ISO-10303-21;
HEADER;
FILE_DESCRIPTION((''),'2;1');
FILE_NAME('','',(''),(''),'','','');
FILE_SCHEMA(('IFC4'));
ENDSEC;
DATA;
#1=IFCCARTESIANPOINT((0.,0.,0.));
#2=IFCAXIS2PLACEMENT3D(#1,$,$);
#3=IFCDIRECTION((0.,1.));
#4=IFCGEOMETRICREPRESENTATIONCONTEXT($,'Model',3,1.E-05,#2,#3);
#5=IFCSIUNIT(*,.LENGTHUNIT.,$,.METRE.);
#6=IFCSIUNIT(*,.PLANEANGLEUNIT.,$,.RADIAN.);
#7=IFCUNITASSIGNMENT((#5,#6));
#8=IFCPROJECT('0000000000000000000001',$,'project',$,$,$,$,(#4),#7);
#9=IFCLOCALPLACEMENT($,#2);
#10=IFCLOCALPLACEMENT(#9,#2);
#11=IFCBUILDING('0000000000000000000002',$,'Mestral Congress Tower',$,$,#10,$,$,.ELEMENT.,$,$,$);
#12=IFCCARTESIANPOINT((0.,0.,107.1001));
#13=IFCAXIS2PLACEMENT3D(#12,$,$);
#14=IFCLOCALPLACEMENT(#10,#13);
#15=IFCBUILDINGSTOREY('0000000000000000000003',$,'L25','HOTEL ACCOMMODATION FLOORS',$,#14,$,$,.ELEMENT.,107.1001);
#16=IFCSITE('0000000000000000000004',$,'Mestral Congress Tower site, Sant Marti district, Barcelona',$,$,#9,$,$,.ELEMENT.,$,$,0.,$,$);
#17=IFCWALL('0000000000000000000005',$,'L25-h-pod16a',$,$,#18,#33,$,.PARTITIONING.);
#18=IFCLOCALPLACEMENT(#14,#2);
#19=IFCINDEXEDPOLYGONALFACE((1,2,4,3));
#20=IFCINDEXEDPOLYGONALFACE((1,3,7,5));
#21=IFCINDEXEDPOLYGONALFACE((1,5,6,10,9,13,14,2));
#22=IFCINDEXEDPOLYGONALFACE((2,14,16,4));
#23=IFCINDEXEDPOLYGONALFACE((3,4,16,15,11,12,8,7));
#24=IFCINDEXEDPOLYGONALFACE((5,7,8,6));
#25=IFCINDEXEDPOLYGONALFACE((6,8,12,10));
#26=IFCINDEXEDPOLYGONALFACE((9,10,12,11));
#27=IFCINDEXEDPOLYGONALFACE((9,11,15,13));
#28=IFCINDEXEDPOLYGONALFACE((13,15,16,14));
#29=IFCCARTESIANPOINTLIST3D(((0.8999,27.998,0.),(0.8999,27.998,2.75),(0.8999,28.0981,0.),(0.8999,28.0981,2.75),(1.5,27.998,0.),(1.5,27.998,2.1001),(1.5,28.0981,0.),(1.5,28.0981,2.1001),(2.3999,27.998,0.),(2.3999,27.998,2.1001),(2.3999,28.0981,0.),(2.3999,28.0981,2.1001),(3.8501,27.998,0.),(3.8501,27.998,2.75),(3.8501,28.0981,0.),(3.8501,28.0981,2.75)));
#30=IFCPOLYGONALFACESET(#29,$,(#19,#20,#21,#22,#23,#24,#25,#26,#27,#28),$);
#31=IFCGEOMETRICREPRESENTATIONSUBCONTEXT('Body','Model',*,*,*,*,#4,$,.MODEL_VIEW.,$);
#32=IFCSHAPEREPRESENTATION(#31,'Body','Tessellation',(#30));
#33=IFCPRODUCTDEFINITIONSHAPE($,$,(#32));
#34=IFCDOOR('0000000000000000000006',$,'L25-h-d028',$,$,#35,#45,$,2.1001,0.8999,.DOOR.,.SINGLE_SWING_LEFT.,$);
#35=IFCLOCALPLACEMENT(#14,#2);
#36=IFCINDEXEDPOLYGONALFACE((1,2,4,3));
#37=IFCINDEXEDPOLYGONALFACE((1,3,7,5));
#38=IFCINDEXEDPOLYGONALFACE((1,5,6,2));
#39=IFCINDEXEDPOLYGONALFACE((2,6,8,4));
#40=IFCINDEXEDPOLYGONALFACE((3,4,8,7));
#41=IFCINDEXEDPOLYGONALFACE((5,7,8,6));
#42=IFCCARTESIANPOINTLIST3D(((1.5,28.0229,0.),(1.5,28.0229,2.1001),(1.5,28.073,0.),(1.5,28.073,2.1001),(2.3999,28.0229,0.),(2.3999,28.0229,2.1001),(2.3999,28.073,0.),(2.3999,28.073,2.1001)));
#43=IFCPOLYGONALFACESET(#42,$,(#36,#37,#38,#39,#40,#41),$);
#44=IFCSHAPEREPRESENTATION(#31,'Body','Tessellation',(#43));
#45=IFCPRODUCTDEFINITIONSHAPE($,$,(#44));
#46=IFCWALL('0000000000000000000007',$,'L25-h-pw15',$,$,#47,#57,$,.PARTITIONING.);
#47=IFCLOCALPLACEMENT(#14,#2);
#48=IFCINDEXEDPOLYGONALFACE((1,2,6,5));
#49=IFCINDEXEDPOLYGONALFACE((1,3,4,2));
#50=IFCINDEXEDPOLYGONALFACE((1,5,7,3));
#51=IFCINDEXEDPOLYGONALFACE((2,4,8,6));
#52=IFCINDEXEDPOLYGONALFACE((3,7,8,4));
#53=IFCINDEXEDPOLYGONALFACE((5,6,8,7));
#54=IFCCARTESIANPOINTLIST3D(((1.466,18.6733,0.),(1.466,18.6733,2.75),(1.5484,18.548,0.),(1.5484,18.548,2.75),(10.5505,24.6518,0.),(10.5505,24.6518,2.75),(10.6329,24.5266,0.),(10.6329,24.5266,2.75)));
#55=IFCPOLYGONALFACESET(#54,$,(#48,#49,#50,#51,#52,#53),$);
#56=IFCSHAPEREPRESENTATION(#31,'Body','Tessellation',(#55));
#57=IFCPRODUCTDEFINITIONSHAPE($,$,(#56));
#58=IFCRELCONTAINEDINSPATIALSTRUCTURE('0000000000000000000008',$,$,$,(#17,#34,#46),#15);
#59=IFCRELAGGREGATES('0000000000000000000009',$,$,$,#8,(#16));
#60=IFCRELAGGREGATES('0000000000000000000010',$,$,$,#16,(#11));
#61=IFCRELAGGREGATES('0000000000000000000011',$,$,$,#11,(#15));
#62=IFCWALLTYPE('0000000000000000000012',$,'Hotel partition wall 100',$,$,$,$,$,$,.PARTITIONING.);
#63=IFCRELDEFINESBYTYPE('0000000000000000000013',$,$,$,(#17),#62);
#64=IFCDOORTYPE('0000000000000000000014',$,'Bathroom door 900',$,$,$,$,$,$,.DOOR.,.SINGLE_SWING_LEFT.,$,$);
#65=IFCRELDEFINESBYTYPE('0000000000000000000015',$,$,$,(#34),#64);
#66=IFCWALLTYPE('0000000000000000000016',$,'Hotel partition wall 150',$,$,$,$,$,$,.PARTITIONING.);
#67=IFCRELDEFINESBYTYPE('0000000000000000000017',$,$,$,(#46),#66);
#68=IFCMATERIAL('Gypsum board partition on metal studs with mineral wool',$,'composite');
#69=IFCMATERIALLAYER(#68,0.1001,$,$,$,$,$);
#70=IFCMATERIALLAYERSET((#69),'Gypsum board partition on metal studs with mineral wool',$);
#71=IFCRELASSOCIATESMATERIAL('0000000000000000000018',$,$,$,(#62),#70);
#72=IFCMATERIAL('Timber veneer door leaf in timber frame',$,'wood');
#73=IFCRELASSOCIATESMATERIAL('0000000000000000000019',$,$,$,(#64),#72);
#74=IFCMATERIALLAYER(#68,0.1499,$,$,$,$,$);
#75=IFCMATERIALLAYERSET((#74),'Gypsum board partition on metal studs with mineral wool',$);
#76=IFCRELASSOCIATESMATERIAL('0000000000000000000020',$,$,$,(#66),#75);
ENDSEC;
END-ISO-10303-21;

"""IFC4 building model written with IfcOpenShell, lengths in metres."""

from ifc_helpers import new_model, si_unit, direction, frame, frame_2d, origin, place, context, subcontext, project, spatial, rectangle, extrude, material, layer, layer_set, type_object, element, fill, save


model = new_model("IFC4")

# Units and contexts
model_context = context("Model", 3, precision=1e-05, world=origin(), true_north=direction((0.0, 1.0)))
body_context = subcontext(model_context, "Body", "Model", "MODEL_VIEW")
ifc_project = project(units=[si_unit("LENGTHUNIT", "METRE"), si_unit("PLANEANGLEUNIT", "RADIAN")], contexts=[model_context])

# Site, building, storey
site_placement = place(None, origin())
site = spatial("IfcSite", under=ifc_project, at=site_placement, Name="Mestral Congress Tower site, Sant Marti district, Barcelona", CompositionType="ELEMENT", RefElevation=0.0)
building_placement = place(site_placement, origin())
building = spatial("IfcBuilding", under=site, at=building_placement, Name="Mestral Congress Tower", CompositionType="ELEMENT")
storey_placement = place(building_placement, frame((0.0, 0.0, 107.1001)))
storey = spatial("IfcBuildingStorey", under=building, at=storey_placement, Name="L25", Description="HOTEL ACCOMMODATION FLOORS", CompositionType="ELEMENT", Elevation=107.1001)

# Shared definitions
ifc_material_1 = material(Name="Gypsum board partition on metal studs with mineral wool", Category="composite")
ifc_layer_1 = layer(ifc_material_1, 0.1001)
ifc_layer_set_1 = layer_set([ifc_layer_1], Name="Gypsum board partition on metal studs with mineral wool")
wall_type_1 = type_object("IfcWallType", Name="Hotel partition wall 100", PredefinedType="PARTITIONING", material=ifc_layer_set_1)
ifc_material_2 = material(Name="Timber veneer door leaf in timber frame", Category="wood")
door_type = type_object("IfcDoorType", Name="Bathroom door 900", OperationType="SINGLE_SWING_LEFT", PredefinedType="DOOR", material=ifc_material_2)

# Wall, opening, door
wall_1_placement = place(storey_placement, frame((0.8999, 28.0481, 0.0), z_axis=(0.0, 0.0, 1.0), x_axis=(1.0, 0.0, 0.0)))
wall_1 = element("IfcWall", 1, at=wall_1_placement, inside=storey, type_object=wall_type_1, Name="L25-h-pod16a", PredefinedType="PARTITIONING", context=body_context, shape_type="SweptSolid", body=[
    extrude(rectangle(XDim=2.9502, YDim=0.1001, at=frame_2d((1.4751, 0.0))), origin(), (0.0, 0.0, 1.0), 2.75),
])
opening_1_placement = place(wall_1_placement, frame((0.6001, 0.0, 0.0)))
opening_1 = element("IfcOpeningElement", 2, at=opening_1_placement, cuts=wall_1, PredefinedType="OPENING", context=body_context, shape_type="SweptSolid", body=[
    extrude(rectangle(XDim=0.8999, YDim=2.1001, at=frame_2d((0.45, 1.05))), frame((0.0, 0.0601, 0.0), z_axis=(0.0, -1.0, 0.0), x_axis=(1.0, 0.0, 0.0)), (0.0, 0.0, 1.0), 0.1201),
])
door_1_placement = place(opening_1_placement, origin())
door_1 = element("IfcDoor", 3, at=door_1_placement, inside=storey, type_object=door_type, Name="L25-h-d028", OperationType="SINGLE_SWING_LEFT", OverallHeight=2.1001, OverallWidth=0.8999, PredefinedType="DOOR", context=body_context, shape_type="SweptSolid", body=[
    extrude(rectangle(XDim=0.8999, YDim=2.1001, at=frame_2d((0.45, 1.05))), frame((0.0, 0.0249, 0.0), z_axis=(0.0, -1.0, 0.0), x_axis=(1.0, 0.0, 0.0)), (0.0, 0.0, 1.0), 0.05),
])
fill(opening_1, door_1)

# Wall
ifc_layer_2 = layer(ifc_material_1, 0.1499)
ifc_layer_set_2 = layer_set([ifc_layer_2], Name="Gypsum board partition on metal studs with mineral wool")
wall_type_2 = type_object("IfcWallType", Name="Hotel partition wall 150", PredefinedType="PARTITIONING", material=ifc_layer_set_2)
wall_2_placement = place(storey_placement, frame((10.5916, 24.5891, 0.0), z_axis=(0.0, 0.0, 1.0), x_axis=(-0.835337, -0.549738, 0.0)))
element("IfcWall", 4, at=wall_2_placement, inside=storey, type_object=wall_type_2, Name="L25-h-pw15", PredefinedType="PARTITIONING", context=body_context, shape_type="SweptSolid", body=[
    extrude(rectangle(XDim=10.8752, YDim=0.1499, at=frame_2d((5.4375, 0.0))), origin(), (0.0, 0.0, 1.0), 2.75),
])

save(model, "model.ifc")
